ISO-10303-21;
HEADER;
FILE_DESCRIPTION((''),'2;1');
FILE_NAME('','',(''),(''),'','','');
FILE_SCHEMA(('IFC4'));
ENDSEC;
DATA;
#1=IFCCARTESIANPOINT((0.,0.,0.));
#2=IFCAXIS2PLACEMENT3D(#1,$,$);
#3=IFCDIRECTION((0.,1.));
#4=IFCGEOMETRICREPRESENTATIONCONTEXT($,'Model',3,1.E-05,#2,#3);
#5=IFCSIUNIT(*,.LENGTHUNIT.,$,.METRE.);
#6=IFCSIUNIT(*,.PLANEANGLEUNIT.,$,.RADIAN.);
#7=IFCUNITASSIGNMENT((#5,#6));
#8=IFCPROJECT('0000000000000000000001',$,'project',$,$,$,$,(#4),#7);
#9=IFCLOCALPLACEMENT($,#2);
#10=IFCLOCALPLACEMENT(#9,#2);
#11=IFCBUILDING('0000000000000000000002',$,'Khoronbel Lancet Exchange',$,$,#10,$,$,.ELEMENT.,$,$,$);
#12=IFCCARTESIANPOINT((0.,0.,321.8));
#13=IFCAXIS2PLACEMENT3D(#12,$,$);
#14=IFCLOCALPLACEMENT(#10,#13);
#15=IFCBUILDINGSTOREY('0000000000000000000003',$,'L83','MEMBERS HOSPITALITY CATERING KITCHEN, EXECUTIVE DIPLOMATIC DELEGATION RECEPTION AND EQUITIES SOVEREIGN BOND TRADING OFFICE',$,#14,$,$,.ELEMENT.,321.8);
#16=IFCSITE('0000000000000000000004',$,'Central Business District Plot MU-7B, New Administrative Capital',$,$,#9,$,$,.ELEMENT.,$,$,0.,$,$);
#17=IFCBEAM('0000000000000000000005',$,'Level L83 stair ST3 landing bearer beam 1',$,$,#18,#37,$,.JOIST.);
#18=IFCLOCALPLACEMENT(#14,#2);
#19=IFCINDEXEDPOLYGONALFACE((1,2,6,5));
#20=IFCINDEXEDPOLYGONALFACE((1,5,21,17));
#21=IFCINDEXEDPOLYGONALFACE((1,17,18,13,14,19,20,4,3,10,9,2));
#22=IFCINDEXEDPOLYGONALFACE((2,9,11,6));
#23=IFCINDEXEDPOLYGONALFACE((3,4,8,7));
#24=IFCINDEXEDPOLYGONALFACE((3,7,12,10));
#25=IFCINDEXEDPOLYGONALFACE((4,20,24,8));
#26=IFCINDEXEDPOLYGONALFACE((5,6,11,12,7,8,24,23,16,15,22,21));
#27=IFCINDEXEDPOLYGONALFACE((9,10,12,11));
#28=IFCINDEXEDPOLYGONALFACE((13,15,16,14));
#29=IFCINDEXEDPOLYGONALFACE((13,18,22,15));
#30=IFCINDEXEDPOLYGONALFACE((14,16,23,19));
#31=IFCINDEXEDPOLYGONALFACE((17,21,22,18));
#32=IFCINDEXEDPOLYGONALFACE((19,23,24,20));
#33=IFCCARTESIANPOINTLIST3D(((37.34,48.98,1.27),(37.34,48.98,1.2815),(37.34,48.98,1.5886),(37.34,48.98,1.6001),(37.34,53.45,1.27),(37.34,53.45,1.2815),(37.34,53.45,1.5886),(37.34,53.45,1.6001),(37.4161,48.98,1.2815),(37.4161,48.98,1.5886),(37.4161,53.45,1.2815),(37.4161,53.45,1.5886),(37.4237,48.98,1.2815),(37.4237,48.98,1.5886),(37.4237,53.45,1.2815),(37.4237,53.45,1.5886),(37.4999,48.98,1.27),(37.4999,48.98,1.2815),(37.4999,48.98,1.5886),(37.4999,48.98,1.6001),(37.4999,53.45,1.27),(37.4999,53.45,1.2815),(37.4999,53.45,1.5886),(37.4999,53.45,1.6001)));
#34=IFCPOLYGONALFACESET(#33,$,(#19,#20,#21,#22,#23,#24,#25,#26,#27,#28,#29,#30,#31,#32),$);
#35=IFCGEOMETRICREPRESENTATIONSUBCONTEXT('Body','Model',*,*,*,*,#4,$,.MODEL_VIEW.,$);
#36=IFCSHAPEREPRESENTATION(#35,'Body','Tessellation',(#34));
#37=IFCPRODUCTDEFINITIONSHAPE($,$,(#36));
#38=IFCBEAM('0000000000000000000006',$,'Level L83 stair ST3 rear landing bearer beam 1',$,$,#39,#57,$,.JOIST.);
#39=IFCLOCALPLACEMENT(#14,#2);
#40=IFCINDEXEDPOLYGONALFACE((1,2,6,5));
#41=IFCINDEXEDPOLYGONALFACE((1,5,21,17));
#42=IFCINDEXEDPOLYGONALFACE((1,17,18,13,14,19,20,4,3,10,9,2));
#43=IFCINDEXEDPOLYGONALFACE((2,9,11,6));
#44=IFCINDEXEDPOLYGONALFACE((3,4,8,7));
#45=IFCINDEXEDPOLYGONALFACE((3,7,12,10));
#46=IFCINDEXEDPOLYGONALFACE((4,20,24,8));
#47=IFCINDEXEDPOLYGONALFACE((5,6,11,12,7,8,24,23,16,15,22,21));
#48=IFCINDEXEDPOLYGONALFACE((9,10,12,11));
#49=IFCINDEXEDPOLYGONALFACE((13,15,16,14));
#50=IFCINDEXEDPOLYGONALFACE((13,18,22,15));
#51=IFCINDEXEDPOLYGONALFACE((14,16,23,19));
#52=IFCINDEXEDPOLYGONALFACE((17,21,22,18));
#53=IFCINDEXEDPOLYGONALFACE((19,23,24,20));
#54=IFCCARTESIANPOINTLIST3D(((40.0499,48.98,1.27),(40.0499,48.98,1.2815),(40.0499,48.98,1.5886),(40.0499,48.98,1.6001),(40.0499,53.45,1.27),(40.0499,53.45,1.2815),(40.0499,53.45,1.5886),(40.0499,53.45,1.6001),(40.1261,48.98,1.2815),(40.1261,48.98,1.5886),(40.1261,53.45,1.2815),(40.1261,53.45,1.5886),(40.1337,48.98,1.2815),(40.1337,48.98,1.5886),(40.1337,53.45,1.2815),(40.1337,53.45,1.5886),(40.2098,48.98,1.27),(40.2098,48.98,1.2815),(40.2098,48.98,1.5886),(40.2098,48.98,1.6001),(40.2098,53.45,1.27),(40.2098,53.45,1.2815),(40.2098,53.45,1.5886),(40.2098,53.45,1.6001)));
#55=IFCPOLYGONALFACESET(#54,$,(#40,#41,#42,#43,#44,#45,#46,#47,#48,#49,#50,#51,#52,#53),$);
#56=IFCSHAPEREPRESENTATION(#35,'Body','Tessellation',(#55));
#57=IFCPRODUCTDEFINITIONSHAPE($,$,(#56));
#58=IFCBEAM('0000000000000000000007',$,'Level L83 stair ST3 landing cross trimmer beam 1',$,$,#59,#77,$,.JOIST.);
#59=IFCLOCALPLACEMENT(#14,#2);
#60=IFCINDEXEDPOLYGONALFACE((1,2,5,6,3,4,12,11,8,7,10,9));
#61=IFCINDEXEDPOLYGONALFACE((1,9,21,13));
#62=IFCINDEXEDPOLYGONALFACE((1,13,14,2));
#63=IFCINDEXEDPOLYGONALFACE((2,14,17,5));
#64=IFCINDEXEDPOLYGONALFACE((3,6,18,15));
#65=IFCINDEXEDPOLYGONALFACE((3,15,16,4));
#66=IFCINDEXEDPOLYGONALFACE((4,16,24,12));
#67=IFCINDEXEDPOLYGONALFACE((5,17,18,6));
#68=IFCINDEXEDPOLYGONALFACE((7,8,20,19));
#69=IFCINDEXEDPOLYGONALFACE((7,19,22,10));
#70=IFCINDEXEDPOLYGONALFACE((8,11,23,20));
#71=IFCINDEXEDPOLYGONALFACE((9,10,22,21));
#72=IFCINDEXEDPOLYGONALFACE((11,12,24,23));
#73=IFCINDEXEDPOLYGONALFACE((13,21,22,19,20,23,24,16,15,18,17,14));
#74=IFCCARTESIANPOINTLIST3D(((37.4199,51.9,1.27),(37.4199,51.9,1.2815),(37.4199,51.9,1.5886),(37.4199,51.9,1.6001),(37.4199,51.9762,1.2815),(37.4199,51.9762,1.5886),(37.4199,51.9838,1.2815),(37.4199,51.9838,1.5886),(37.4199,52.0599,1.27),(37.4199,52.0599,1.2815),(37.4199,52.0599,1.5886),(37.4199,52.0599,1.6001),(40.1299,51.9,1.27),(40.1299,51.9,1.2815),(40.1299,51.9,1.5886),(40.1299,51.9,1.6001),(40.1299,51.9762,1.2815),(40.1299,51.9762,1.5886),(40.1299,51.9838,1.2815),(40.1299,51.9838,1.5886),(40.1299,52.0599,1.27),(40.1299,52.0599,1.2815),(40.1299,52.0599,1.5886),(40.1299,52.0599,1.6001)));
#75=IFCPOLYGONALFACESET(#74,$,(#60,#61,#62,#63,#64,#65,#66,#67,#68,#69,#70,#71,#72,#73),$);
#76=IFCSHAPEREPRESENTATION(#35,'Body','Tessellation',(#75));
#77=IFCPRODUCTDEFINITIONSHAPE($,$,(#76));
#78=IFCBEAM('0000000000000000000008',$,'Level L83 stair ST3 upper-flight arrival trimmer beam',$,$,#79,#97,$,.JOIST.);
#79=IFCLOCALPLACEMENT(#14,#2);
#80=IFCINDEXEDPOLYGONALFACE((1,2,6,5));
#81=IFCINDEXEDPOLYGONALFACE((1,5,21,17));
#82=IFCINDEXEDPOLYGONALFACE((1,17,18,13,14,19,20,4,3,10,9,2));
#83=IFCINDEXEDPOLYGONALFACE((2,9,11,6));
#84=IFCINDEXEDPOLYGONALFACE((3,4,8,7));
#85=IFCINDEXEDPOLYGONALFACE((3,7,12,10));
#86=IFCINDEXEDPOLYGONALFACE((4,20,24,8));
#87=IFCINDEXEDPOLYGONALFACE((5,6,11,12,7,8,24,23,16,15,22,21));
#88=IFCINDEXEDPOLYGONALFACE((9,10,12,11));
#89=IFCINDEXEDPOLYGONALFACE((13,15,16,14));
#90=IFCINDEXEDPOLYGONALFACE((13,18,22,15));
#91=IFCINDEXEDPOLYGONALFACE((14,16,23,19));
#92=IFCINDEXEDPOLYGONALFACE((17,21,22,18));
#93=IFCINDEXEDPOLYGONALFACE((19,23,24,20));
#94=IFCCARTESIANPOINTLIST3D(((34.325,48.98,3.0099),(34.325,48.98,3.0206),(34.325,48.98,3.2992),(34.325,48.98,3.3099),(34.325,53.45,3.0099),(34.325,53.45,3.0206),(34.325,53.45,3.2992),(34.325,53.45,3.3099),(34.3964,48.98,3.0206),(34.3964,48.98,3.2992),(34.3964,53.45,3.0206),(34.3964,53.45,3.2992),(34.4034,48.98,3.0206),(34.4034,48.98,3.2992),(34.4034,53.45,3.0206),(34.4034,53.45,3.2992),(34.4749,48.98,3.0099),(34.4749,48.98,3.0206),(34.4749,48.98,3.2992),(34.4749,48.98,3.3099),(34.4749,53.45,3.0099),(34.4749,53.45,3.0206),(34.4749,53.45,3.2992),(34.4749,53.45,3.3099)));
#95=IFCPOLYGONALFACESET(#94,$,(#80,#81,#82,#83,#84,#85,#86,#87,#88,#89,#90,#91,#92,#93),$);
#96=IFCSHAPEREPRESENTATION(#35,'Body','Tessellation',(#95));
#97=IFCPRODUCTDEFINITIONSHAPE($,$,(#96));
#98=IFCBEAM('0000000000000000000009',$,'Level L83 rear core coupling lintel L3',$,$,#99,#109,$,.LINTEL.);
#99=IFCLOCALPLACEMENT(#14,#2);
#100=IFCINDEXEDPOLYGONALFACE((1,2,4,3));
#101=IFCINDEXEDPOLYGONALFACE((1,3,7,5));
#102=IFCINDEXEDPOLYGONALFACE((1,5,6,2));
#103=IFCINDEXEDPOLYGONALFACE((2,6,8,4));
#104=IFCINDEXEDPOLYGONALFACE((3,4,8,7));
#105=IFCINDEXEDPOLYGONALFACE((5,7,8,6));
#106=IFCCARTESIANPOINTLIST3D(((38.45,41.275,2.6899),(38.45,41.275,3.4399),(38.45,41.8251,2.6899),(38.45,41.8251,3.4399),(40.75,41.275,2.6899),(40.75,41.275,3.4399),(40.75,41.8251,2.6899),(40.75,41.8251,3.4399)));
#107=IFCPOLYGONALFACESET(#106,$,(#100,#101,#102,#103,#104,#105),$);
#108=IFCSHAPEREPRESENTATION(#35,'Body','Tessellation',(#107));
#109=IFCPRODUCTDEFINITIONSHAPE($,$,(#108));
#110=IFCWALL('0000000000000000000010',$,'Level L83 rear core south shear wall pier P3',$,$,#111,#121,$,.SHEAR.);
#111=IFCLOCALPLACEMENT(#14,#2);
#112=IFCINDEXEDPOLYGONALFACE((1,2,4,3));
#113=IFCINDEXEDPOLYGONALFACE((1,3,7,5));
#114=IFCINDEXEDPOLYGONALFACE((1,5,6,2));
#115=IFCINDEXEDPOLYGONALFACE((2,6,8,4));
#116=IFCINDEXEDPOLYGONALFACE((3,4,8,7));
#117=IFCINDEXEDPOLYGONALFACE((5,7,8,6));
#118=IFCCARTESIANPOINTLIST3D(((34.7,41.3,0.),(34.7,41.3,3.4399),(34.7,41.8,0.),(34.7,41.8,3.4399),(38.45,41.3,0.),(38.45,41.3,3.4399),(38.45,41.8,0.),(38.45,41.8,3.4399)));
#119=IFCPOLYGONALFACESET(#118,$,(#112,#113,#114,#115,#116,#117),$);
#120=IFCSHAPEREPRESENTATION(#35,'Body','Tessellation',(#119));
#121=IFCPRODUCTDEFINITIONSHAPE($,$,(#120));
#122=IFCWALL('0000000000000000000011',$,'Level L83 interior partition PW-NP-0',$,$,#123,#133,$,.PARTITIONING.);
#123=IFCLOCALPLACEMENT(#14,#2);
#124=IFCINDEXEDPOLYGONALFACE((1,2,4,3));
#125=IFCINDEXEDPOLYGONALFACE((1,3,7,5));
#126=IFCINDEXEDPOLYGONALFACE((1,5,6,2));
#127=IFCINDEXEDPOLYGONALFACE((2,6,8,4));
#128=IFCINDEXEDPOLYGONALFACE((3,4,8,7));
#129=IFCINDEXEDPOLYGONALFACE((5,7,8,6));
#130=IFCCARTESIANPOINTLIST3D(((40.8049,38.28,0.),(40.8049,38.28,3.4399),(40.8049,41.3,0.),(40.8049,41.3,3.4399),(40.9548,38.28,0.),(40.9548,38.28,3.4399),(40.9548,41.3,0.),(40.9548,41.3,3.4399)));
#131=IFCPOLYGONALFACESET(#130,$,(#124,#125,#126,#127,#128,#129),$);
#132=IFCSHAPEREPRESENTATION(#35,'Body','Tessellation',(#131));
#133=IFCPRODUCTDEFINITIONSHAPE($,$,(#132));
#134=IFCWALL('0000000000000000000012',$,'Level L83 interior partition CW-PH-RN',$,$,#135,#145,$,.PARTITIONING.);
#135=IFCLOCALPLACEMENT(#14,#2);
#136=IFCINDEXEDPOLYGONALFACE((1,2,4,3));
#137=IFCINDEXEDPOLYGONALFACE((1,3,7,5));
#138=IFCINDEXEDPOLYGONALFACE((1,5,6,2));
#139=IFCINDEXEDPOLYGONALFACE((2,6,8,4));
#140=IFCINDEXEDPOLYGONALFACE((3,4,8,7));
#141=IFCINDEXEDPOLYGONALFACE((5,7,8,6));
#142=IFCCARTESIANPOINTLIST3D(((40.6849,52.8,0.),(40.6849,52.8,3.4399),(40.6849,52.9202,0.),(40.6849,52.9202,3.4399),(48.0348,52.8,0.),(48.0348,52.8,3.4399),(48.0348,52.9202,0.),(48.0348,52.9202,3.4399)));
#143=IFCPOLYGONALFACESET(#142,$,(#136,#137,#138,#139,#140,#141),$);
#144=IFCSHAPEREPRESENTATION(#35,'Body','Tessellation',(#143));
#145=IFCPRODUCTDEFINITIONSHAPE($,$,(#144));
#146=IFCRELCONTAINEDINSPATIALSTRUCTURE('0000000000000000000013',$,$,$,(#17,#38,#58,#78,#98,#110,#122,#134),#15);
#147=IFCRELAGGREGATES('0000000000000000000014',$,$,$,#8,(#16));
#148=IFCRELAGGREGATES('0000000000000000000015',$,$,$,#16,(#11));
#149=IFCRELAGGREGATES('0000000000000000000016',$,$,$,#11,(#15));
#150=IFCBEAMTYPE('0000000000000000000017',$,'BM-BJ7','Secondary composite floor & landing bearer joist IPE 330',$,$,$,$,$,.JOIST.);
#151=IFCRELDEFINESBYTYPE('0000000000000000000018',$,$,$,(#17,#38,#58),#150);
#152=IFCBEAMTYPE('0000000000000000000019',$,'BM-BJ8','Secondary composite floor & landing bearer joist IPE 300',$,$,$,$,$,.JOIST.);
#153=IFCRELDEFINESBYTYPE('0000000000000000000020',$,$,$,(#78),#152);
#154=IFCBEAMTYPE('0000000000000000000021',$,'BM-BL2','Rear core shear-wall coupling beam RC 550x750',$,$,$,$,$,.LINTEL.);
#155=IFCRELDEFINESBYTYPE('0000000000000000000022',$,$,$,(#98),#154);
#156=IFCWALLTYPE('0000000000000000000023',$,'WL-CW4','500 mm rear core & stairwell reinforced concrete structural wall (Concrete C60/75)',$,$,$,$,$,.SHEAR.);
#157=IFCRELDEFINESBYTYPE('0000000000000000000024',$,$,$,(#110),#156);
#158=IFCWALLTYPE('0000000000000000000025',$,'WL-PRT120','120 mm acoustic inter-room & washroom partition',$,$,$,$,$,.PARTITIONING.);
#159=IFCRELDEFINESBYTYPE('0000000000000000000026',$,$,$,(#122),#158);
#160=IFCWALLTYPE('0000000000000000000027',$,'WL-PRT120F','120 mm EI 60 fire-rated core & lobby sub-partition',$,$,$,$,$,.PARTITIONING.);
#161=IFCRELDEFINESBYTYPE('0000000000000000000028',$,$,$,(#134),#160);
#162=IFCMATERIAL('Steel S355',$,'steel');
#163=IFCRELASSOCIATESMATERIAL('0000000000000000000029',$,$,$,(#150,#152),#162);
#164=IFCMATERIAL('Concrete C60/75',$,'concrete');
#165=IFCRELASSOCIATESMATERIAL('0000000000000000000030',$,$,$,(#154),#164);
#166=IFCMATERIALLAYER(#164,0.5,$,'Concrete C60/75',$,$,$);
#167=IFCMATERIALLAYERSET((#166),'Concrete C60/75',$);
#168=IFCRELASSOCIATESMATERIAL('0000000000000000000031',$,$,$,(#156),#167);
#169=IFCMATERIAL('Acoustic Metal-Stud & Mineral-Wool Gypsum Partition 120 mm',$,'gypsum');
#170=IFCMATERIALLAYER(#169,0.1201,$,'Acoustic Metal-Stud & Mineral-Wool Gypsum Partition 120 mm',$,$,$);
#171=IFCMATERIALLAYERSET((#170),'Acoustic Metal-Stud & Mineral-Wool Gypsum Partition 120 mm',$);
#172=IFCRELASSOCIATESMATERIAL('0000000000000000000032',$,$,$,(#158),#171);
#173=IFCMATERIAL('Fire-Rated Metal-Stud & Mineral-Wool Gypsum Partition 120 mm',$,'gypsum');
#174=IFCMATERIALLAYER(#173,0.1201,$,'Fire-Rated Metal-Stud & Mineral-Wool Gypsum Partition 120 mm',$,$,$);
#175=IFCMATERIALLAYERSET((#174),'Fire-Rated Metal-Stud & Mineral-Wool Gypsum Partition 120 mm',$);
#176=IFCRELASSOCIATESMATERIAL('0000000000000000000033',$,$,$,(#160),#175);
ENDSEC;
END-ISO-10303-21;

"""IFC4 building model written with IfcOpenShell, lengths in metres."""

from ifc_helpers import new_model, si_unit, direction, frame, frame_2d, origin, origin_2d, place, context, subcontext, project, spatial, rectangle, i_section, extrude, material, layer, layer_set, material_profile, profile_set, type_object, element, save


model = new_model("IFC4")

# Units and contexts
model_context = context("Model", 3, precision=1e-05, world=origin(), true_north=direction((0.0, 1.0)))
body_context = subcontext(model_context, "Body", "Model", "MODEL_VIEW")
ifc_project = project(units=[si_unit("LENGTHUNIT", "METRE"), si_unit("PLANEANGLEUNIT", "RADIAN")], contexts=[model_context])

# Site, building, storey
site_placement = place(None, origin())
site = spatial("IfcSite", under=ifc_project, at=site_placement, Name="Central Business District Plot MU-7B, New Administrative Capital", CompositionType="ELEMENT", RefElevation=0.0)
building_placement = place(site_placement, origin())
building = spatial("IfcBuilding", under=site, at=building_placement, Name="Khoronbel Lancet Exchange", CompositionType="ELEMENT")
storey_placement = place(building_placement, frame((0.0, 0.0, 321.8)))
storey = spatial("IfcBuildingStorey", under=building, at=storey_placement, Name="L83", Description="MEMBERS HOSPITALITY CATERING KITCHEN, EXECUTIVE DIPLOMATIC DELEGATION RECEPTION AND EQUITIES SOVEREIGN BOND TRADING OFFICE", CompositionType="ELEMENT", Elevation=321.8)

# Beams
ifc_material_1 = material(Name="Steel S355", Category="steel")
ifc_material_profile_1 = material_profile(ifc_material_1, i_section(OverallWidth=0.1599, OverallDepth=0.3301, WebThickness=0.0076, FlangeThickness=0.0115, at=origin_2d()), Name="IPE 330")
ifc_profile_set_1 = profile_set([ifc_material_profile_1], Name="Steel S355")
beam_type_1 = type_object("IfcBeamType", Name="BM-BJ7", Description="Secondary composite floor & landing bearer joist IPE 330", PredefinedType="JOIST", material=ifc_profile_set_1)
for number, where, z_axis, x_axis, name in (
    (1, (37.4199, 48.98, 1.4351), (0.0, 1.0, 0.0), (-1.0, 0.0, 0.0), "Level L83 stair ST3 landing bearer beam 1"),
    (2, (40.1299, 48.98, 1.4351), (0.0, 1.0, 0.0), (-1.0, 0.0, 0.0), "Level L83 stair ST3 rear landing bearer beam 1"),
):
    element("IfcBeam", number, at=place(storey_placement, frame(where, z_axis=z_axis, x_axis=x_axis)), inside=storey, type_object=beam_type_1, Name=name, PredefinedType="JOIST", context=body_context, shape_type="SweptSolid", body=[
        extrude(i_section(OverallWidth=0.1599, OverallDepth=0.3301, WebThickness=0.0076, FlangeThickness=0.0115, at=origin_2d()), origin(), (0.0, 0.0, 1.0), 4.47),
    ])
beam_1_placement = place(storey_placement, frame((37.4199, 51.98, 1.4351), z_axis=(1.0, 0.0, 0.0), x_axis=(0.0, 1.0, 0.0)))
element("IfcBeam", 3, at=beam_1_placement, inside=storey, type_object=beam_type_1, Name="Level L83 stair ST3 landing cross trimmer beam 1", PredefinedType="JOIST", context=body_context, shape_type="SweptSolid", body=[
    extrude(i_section(OverallWidth=0.1599, OverallDepth=0.3301, WebThickness=0.0076, FlangeThickness=0.0115, at=origin_2d()), origin(), (0.0, 0.0, 1.0), 2.71),
])
ifc_material_profile_2 = material_profile(ifc_material_1, i_section(OverallWidth=0.1499, OverallDepth=0.3, WebThickness=0.0071, FlangeThickness=0.0107, at=origin_2d()), Name="IPE 300")
ifc_profile_set_2 = profile_set([ifc_material_profile_2], Name="Steel S355")
beam_type_2 = type_object("IfcBeamType", Name="BM-BJ8", Description="Secondary composite floor & landing bearer joist IPE 300", PredefinedType="JOIST", material=ifc_profile_set_2)
beam_2_placement = place(storey_placement, frame((34.3999, 48.98, 3.1599), z_axis=(0.0, 1.0, 0.0), x_axis=(-1.0, 0.0, 0.0)))
element("IfcBeam", 4, at=beam_2_placement, inside=storey, type_object=beam_type_2, Name="Level L83 stair ST3 upper-flight arrival trimmer beam", PredefinedType="JOIST", context=body_context, shape_type="SweptSolid", body=[
    extrude(i_section(OverallWidth=0.1499, OverallDepth=0.3, WebThickness=0.0071, FlangeThickness=0.0107, at=origin_2d()), origin(), (0.0, 0.0, 1.0), 4.47),
])
ifc_material_2 = material(Name="Concrete C60/75", Category="concrete")
ifc_material_profile_3 = material_profile(ifc_material_2, rectangle(XDim=0.55, YDim=0.75, at=origin_2d()), Name="RC 550x750")
ifc_profile_set_3 = profile_set([ifc_material_profile_3], Name="Concrete C60/75")
beam_type_3 = type_object("IfcBeamType", Name="BM-BL2", Description="Rear core shear-wall coupling beam RC 550x750", PredefinedType="LINTEL", material=ifc_profile_set_3)
beam_3_placement = place(storey_placement, frame((38.45, 41.55, 3.0649), z_axis=(1.0, 0.0, 0.0), x_axis=(0.0, 1.0, 0.0)))
element("IfcBeam", 5, at=beam_3_placement, inside=storey, type_object=beam_type_3, Name="Level L83 rear core coupling lintel L3", PredefinedType="LINTEL", context=body_context, shape_type="SweptSolid", body=[
    extrude(rectangle(XDim=0.55, YDim=0.75, at=origin_2d()), origin(), (0.0, 0.0, 1.0), 2.3),
])

# Walls
ifc_layer_1 = layer(ifc_material_2, 0.5, Name="Concrete C60/75")
ifc_layer_set_1 = layer_set([ifc_layer_1], Name="Concrete C60/75")
wall_type_1 = type_object("IfcWallType", Name="WL-CW4", Description="500 mm rear core & stairwell reinforced concrete structural wall (Concrete C60/75)", PredefinedType="SHEAR", material=ifc_layer_set_1)
wall_1_placement = place(storey_placement, frame((38.45, 41.55, 0.0), z_axis=(0.0, 0.0, 1.0), x_axis=(-1.0, 0.0, 0.0)))
element("IfcWall", 6, at=wall_1_placement, inside=storey, type_object=wall_type_1, Name="Level L83 rear core south shear wall pier P3", PredefinedType="SHEAR", context=body_context, shape_type="SweptSolid", body=[
    extrude(rectangle(XDim=3.75, YDim=0.5, at=frame_2d((1.875, 0.0))), origin(), (0.0, 0.0, 1.0), 3.4399),
])
ifc_material_3 = material(Name="Acoustic Metal-Stud & Mineral-Wool Gypsum Partition 120 mm", Category="gypsum")
ifc_layer_2 = layer(ifc_material_3, 0.1201, Name="Acoustic Metal-Stud & Mineral-Wool Gypsum Partition 120 mm")
ifc_layer_set_2 = layer_set([ifc_layer_2], Name="Acoustic Metal-Stud & Mineral-Wool Gypsum Partition 120 mm")
wall_type_2 = type_object("IfcWallType", Name="WL-PRT120", Description="120 mm acoustic inter-room & washroom partition", PredefinedType="PARTITIONING", material=ifc_layer_set_2)
wall_2_placement = place(storey_placement, frame((40.8799, 38.28, 0.0), z_axis=(0.0, 0.0, 1.0), x_axis=(0.0, 1.0, 0.0)))
element("IfcWall", 7, at=wall_2_placement, inside=storey, type_object=wall_type_2, Name="Level L83 interior partition PW-NP-0", PredefinedType="PARTITIONING", context=body_context, shape_type="SweptSolid", body=[
    extrude(rectangle(XDim=3.02, YDim=0.1499, at=frame_2d((1.51, 0.0))), origin(), (0.0, 0.0, 1.0), 3.4399),
])
ifc_material_4 = material(Name="Fire-Rated Metal-Stud & Mineral-Wool Gypsum Partition 120 mm", Category="gypsum")
ifc_layer_3 = layer(ifc_material_4, 0.1201, Name="Fire-Rated Metal-Stud & Mineral-Wool Gypsum Partition 120 mm")
ifc_layer_set_3 = layer_set([ifc_layer_3], Name="Fire-Rated Metal-Stud & Mineral-Wool Gypsum Partition 120 mm")
wall_type_3 = type_object("IfcWallType", Name="WL-PRT120F", Description="120 mm EI 60 fire-rated core & lobby sub-partition", PredefinedType="PARTITIONING", material=ifc_layer_set_3)
wall_3_placement = place(storey_placement, frame((40.6851, 52.8601, 0.0), z_axis=(0.0, 0.0, 1.0), x_axis=(1.0, 0.0, 0.0)))
element("IfcWall", 8, at=wall_3_placement, inside=storey, type_object=wall_type_3, Name="Level L83 interior partition CW-PH-RN", PredefinedType="PARTITIONING", context=body_context, shape_type="SweptSolid", body=[
    extrude(rectangle(XDim=7.3499, YDim=0.1201, at=frame_2d((3.6748, 0.0))), origin(), (0.0, 0.0, 1.0), 3.4399),
])

save(model, "model.ifc")
